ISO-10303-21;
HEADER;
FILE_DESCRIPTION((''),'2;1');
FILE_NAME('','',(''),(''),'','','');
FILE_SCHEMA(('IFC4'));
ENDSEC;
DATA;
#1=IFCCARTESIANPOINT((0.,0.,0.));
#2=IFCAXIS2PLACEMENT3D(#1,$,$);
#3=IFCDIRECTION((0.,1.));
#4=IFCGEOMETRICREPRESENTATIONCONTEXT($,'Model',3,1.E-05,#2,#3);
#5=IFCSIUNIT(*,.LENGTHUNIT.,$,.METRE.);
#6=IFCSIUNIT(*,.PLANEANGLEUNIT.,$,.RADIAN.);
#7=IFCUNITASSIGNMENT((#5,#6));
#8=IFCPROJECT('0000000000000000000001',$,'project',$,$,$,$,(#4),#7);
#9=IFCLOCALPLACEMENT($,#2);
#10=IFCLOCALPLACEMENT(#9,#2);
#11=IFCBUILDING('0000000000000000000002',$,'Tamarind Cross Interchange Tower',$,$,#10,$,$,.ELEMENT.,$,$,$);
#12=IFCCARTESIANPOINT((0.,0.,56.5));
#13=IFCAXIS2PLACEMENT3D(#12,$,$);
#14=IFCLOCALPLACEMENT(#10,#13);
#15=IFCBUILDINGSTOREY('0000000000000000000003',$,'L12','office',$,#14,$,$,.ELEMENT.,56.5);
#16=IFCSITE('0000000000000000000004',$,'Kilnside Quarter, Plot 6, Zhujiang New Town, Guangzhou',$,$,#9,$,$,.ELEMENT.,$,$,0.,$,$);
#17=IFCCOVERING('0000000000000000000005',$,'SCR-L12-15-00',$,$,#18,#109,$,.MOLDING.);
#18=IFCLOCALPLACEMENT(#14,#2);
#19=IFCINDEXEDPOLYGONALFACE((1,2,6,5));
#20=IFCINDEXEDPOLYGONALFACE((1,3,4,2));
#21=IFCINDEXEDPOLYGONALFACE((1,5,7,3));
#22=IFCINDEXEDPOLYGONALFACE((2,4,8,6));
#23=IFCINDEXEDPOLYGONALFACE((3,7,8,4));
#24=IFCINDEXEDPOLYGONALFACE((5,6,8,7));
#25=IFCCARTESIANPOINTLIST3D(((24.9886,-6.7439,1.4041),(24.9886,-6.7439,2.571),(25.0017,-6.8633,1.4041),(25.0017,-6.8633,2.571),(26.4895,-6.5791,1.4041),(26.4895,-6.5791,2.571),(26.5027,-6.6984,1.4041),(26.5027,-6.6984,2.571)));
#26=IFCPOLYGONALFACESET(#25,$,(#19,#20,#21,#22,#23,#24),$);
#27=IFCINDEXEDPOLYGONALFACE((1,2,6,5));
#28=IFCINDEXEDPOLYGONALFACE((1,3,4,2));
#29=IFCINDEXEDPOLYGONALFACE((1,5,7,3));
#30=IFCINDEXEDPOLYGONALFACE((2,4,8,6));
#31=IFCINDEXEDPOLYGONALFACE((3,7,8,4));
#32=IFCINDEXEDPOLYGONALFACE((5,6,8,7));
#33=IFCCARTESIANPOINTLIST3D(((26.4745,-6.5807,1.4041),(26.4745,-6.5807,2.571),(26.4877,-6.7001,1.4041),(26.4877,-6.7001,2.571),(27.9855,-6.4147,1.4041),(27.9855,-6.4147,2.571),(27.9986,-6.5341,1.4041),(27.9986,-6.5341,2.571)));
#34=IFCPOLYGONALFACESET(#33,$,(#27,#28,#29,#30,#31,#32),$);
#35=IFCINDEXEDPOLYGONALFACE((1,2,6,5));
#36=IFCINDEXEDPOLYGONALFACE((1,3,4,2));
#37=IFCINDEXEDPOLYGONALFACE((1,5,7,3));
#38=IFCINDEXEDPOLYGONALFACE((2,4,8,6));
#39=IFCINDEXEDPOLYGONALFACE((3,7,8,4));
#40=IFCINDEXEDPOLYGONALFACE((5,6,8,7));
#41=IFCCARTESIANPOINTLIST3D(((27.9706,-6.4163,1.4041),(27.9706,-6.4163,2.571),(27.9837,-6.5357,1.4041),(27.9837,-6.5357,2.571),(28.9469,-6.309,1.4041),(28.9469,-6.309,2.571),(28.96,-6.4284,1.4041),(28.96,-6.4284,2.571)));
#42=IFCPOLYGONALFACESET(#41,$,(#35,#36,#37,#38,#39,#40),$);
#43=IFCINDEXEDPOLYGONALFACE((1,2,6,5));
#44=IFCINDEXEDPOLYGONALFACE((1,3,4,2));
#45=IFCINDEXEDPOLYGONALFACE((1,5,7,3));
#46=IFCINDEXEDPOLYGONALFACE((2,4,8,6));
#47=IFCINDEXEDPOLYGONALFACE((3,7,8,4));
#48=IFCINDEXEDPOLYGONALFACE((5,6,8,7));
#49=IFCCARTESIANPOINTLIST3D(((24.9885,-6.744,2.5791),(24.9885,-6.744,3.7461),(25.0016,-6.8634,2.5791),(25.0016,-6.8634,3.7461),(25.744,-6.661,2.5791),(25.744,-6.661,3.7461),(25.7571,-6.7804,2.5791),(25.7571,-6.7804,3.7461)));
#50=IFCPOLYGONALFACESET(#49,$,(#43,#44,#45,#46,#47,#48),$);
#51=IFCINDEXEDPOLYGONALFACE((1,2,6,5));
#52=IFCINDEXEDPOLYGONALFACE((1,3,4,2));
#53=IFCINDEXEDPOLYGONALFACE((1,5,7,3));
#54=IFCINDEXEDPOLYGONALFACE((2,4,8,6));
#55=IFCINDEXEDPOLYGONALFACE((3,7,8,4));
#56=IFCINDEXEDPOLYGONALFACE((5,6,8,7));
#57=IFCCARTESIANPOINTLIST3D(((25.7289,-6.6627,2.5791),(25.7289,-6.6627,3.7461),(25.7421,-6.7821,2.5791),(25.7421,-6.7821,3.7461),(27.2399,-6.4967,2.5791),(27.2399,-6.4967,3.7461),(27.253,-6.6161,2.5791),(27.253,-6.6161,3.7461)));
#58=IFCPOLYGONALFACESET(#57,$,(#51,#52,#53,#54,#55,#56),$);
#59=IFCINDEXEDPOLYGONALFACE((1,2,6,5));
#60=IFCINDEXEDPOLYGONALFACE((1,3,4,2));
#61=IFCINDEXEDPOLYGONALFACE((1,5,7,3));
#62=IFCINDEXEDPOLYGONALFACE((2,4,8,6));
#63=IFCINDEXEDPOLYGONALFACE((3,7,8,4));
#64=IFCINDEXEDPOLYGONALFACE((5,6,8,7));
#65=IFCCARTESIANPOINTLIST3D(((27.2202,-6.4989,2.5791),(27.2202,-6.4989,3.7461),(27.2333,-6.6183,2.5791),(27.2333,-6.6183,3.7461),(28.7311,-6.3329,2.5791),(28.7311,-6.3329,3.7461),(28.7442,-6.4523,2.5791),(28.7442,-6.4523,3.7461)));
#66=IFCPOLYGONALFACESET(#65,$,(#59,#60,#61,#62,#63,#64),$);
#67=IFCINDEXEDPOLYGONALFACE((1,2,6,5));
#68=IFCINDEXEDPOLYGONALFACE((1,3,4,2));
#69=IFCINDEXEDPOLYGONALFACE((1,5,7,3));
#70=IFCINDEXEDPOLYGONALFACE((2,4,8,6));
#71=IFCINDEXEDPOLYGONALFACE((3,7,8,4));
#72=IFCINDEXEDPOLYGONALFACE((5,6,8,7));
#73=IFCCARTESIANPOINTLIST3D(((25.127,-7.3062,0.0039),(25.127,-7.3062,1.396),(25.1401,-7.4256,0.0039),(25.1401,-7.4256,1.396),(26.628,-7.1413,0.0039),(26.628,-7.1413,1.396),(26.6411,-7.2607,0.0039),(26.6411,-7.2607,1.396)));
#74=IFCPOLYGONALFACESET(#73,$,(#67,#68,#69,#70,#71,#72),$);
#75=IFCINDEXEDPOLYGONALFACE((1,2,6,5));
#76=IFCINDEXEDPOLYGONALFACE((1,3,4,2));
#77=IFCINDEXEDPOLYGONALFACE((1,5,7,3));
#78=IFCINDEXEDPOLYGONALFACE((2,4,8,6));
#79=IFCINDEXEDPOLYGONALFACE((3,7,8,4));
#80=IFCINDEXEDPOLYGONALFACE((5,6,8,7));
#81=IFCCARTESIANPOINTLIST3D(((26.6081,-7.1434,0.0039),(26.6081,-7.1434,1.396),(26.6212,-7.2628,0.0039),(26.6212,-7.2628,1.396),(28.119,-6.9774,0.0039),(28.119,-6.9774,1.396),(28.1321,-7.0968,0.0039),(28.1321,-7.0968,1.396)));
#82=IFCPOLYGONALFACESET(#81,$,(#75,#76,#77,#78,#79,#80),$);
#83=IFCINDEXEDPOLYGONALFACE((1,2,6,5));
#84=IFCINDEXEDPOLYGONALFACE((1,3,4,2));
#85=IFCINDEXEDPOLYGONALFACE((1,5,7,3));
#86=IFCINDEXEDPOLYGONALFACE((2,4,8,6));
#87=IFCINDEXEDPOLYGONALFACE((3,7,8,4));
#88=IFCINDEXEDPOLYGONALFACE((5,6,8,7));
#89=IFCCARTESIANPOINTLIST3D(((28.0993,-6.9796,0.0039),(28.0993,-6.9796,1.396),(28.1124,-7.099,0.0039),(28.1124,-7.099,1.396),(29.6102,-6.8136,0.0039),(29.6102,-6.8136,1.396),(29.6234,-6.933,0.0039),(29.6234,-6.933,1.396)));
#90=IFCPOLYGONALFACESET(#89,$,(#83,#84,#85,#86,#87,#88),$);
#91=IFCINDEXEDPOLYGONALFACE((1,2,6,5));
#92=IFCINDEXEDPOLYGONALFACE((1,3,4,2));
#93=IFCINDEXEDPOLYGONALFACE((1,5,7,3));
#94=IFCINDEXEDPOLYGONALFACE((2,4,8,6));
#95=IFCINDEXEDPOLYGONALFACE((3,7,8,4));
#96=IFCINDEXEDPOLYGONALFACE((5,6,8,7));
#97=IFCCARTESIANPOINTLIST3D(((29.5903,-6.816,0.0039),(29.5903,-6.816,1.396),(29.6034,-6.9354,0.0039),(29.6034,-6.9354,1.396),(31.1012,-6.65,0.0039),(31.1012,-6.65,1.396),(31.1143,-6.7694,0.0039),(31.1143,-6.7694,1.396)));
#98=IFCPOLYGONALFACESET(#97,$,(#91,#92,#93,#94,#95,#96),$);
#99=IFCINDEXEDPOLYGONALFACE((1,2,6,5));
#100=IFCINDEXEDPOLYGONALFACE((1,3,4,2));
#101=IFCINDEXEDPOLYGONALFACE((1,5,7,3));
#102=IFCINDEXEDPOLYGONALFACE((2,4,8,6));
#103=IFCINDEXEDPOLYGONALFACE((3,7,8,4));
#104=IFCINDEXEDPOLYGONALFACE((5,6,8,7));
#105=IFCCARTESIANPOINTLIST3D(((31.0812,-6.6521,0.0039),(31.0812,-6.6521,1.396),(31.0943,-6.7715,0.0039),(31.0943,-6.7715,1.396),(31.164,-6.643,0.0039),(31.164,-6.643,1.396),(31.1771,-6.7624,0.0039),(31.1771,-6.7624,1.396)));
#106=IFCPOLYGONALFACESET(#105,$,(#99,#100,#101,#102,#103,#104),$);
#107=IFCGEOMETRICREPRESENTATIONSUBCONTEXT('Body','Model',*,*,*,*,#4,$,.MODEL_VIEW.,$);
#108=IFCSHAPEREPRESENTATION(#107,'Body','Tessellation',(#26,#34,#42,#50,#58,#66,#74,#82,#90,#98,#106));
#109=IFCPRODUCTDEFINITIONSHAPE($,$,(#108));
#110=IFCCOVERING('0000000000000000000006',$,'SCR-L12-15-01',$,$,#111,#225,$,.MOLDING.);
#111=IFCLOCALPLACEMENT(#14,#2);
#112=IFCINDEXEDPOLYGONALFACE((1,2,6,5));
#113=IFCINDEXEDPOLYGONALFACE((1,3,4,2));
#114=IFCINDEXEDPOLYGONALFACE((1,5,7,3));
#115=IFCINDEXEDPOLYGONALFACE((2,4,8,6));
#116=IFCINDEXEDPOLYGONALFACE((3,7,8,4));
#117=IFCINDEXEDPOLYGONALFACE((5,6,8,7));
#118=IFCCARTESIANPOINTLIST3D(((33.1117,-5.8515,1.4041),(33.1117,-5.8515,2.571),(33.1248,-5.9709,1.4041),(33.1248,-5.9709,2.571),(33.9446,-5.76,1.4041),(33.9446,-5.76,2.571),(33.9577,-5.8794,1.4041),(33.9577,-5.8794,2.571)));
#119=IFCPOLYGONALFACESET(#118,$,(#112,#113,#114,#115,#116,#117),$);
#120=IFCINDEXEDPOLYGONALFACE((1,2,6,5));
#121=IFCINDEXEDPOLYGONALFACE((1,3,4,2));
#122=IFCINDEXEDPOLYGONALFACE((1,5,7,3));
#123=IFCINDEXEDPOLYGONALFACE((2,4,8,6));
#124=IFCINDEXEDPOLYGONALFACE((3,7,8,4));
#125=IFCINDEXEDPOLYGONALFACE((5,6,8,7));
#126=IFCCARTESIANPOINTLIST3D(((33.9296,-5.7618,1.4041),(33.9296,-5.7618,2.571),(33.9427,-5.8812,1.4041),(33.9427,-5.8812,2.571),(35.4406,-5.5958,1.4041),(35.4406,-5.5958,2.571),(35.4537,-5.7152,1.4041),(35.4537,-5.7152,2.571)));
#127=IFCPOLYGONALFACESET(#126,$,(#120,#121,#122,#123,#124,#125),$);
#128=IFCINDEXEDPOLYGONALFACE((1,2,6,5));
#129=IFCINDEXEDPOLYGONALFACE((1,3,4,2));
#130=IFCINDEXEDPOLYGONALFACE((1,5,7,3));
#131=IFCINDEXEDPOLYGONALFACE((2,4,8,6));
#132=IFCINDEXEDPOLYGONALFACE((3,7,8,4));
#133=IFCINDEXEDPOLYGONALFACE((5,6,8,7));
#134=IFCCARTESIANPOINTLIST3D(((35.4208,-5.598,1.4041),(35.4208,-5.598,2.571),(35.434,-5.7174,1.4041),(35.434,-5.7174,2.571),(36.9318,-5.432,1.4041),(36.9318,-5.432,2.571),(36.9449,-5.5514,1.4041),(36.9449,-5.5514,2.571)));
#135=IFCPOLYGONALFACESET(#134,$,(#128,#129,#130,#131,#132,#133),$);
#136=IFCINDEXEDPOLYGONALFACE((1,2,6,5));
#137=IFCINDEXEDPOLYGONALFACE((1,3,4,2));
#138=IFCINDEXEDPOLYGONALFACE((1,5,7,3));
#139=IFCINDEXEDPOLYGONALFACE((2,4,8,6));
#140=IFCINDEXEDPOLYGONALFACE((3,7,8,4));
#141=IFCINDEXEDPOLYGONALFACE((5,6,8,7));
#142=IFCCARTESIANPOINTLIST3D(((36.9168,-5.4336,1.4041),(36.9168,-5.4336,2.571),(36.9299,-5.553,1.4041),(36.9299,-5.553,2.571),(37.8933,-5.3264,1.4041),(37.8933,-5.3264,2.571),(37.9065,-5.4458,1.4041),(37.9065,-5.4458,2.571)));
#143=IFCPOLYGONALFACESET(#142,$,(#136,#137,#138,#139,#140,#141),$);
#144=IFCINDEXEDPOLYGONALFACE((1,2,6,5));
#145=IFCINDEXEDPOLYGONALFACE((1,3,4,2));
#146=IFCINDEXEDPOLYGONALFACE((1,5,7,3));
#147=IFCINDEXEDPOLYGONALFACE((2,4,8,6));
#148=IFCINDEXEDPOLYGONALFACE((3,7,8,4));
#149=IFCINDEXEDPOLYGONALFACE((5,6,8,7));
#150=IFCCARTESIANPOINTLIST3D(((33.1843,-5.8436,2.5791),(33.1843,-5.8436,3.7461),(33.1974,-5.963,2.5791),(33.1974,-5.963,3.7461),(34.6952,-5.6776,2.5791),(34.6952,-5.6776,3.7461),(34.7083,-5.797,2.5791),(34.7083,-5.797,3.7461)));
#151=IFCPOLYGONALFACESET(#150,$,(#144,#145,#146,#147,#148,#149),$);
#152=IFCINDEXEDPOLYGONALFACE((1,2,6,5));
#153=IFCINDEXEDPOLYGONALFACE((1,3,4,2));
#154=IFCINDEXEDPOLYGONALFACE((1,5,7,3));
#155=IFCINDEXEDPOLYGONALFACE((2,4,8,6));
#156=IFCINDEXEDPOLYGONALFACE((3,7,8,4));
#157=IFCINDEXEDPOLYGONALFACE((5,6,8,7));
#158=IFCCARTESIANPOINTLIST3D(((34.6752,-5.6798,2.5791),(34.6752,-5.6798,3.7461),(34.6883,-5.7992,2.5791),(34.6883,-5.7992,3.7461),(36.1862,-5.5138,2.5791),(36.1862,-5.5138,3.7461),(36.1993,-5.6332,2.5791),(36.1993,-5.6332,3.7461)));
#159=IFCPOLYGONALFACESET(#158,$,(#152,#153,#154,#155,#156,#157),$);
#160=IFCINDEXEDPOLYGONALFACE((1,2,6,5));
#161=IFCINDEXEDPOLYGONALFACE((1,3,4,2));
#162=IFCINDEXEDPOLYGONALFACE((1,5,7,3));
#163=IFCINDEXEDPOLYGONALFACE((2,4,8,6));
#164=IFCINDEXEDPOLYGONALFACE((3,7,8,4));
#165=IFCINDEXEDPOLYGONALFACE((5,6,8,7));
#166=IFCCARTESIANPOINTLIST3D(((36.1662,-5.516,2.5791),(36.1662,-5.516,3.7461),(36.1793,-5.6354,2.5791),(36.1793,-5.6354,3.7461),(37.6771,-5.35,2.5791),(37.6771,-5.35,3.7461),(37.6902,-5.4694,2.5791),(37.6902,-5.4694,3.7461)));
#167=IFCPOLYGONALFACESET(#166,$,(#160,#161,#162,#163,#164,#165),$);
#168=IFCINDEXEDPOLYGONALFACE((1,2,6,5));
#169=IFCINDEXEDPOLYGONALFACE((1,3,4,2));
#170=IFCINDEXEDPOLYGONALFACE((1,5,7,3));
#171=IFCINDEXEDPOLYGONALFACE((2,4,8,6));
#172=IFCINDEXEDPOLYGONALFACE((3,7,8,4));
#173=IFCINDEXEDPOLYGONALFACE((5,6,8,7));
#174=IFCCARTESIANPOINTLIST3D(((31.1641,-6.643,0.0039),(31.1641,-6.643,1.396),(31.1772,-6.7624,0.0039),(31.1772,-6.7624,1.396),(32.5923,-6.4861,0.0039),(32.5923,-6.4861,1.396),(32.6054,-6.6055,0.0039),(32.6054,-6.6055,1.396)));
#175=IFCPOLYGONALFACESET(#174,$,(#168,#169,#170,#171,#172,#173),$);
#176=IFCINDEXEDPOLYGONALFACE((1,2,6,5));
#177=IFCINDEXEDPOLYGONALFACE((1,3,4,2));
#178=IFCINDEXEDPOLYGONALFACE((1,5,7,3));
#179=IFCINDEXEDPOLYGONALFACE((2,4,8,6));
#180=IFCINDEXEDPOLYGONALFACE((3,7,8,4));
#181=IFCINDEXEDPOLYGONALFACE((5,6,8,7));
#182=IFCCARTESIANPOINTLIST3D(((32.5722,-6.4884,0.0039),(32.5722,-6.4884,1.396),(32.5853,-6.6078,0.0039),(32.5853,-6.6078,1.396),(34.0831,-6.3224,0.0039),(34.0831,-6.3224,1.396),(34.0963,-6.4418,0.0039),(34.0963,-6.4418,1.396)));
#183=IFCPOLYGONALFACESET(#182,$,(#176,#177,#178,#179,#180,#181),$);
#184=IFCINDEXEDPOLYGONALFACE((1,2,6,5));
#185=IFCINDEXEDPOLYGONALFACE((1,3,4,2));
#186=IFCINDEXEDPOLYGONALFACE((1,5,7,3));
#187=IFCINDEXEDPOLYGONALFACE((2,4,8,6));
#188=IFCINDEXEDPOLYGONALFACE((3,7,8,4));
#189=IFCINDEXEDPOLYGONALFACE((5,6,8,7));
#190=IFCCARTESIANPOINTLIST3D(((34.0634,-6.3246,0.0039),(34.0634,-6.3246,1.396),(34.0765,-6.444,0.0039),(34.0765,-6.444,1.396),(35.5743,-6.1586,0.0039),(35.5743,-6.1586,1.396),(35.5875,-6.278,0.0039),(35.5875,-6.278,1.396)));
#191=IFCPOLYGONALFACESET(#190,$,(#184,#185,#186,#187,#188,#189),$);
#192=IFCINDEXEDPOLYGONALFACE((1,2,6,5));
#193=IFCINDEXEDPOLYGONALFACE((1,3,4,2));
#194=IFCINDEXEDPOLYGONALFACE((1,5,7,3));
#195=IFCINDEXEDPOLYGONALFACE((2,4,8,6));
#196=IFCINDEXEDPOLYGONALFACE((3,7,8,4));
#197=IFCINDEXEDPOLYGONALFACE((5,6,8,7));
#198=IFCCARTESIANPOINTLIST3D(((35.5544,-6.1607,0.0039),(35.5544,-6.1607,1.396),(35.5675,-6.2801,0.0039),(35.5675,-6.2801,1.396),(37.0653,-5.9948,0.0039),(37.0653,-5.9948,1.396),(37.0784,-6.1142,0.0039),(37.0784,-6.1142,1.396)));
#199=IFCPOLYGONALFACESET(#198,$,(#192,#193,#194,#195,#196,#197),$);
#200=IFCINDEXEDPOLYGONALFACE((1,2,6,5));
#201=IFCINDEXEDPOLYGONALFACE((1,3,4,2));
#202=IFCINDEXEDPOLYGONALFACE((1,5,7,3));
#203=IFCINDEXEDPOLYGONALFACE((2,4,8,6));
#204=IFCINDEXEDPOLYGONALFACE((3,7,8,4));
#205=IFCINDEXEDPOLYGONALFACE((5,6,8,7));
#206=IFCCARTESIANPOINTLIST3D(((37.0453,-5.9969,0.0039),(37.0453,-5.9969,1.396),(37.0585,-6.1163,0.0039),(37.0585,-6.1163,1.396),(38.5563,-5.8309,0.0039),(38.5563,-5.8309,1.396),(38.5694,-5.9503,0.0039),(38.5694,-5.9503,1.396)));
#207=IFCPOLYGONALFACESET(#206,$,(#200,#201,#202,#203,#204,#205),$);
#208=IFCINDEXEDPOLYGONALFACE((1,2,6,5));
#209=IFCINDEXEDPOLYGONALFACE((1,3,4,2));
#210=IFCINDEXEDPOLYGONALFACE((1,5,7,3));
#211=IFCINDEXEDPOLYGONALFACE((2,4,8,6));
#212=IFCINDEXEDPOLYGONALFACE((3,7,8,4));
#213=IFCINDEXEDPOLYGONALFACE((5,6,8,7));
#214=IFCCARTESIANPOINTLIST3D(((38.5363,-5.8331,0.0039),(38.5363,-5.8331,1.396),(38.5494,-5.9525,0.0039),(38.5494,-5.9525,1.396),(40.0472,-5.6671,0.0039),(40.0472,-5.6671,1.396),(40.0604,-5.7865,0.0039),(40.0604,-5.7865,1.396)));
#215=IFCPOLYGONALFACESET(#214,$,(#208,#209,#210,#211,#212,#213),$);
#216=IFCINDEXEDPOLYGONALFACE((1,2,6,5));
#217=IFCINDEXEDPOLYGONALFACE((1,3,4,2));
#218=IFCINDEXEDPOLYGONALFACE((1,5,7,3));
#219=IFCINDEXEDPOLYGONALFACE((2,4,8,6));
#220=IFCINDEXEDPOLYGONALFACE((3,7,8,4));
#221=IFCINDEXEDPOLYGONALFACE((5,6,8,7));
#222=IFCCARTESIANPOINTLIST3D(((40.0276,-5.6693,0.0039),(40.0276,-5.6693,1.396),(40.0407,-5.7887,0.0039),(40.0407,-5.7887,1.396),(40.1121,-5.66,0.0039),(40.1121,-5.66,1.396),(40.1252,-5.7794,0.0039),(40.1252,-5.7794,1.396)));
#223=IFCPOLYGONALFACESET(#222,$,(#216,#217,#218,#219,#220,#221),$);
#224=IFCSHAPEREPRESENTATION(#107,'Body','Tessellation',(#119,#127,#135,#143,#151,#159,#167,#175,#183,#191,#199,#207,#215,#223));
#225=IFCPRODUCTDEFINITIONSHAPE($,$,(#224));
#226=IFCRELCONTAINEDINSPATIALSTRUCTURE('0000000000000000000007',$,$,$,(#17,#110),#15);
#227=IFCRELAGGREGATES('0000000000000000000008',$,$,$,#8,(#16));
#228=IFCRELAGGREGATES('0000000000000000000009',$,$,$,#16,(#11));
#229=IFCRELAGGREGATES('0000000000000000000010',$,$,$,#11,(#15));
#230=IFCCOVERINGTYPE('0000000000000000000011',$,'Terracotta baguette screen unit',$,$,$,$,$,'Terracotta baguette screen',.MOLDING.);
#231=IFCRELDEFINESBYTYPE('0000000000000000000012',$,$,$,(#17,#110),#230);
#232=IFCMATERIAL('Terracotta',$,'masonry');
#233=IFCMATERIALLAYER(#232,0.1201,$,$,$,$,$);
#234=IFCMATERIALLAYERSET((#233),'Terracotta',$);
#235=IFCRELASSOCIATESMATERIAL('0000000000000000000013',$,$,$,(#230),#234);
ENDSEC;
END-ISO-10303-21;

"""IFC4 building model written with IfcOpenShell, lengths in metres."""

from ifc_helpers import new_model, si_unit, direction, frame, origin, origin_2d, place, context, subcontext, project, spatial, rectangle, extrude, material, layer, layer_set, type_object, element, save


model = new_model("IFC4")

# Units and contexts
model_context = context("Model", 3, precision=1e-05, world=origin(), true_north=direction((0.0, 1.0)))
body_context = subcontext(model_context, "Body", "Model", "MODEL_VIEW")
ifc_project = project(units=[si_unit("LENGTHUNIT", "METRE"), si_unit("PLANEANGLEUNIT", "RADIAN")], contexts=[model_context])

# Site, building, storey
site_placement = place(None, origin())
site = spatial("IfcSite", under=ifc_project, at=site_placement, Name="Kilnside Quarter, Plot 6, Zhujiang New Town, Guangzhou", CompositionType="ELEMENT", RefElevation=0.0)
building_placement = place(site_placement, origin())
building = spatial("IfcBuilding", under=site, at=building_placement, Name="Tamarind Cross Interchange Tower", CompositionType="ELEMENT")
storey_placement = place(building_placement, frame((0.0, 0.0, 56.5)))
storey = spatial("IfcBuildingStorey", under=building, at=storey_placement, Name="L12", Description="office", CompositionType="ELEMENT", Elevation=56.5)

# Coverings
ifc_material_1 = material(Name="Terracotta", Category="masonry")
ifc_layer_1 = layer(ifc_material_1, 0.1201)
ifc_layer_set_1 = layer_set([ifc_layer_1], Name="Terracotta")
covering_type = type_object("IfcCoveringType", Name="Terracotta baguette screen unit", ElementType="Terracotta baguette screen", PredefinedType="MOLDING", material=ifc_layer_set_1)
covering_1_placement = place(storey_placement, origin())
element("IfcCovering", 1, at=covering_1_placement, inside=storey, type_object=covering_type, Name="SCR-L12-15-00", PredefinedType="MOLDING", context=body_context, shape_type="SweptSolid", body=[
    extrude(rectangle(XDim=1.51, YDim=0.1201, at=origin_2d()), frame((25.7456, -6.7212, 1.4041), z_axis=(0.0, 0.0, 1.0), x_axis=(0.994021, 0.109193, 0.0)), (0.0, 0.0, 1.0), 1.167),
    extrude(rectangle(XDim=1.52, YDim=0.1201, at=origin_2d()), frame((27.2366, -6.5574, 1.4041), z_axis=(0.0, 0.0, 1.0), x_axis=(0.994021, 0.109193, 0.0)), (0.0, 0.0, 1.0), 1.167),
    extrude(rectangle(XDim=0.9822, YDim=0.1201, at=origin_2d()), frame((28.4653, -6.4224, 1.4041), z_axis=(0.0, 0.0, 1.0), x_axis=(0.994021, 0.109193, 0.0)), (0.0, 0.0, 1.0), 1.167),
    extrude(rectangle(XDim=0.76, YDim=0.1201, at=origin_2d()), frame((25.3728, -6.7622, 2.5791), z_axis=(0.0, 0.0, 1.0), x_axis=(0.994021, 0.109193, 0.0)), (0.0, 0.0, 1.0), 1.167),
    extrude(rectangle(XDim=1.52, YDim=0.1201, at=origin_2d()), frame((26.491, -6.6394, 2.5791), z_axis=(0.0, 0.0, 1.0), x_axis=(0.994021, 0.109193, 0.0)), (0.0, 0.0, 1.0), 1.167),
    extrude(rectangle(XDim=1.52, YDim=0.1201, at=origin_2d()), frame((27.9822, -6.4756, 2.5791), z_axis=(0.0, 0.0, 1.0), x_axis=(0.994021, 0.109193, 0.0)), (0.0, 0.0, 1.0), 1.167),
    extrude(rectangle(XDim=1.51, YDim=0.1201, at=origin_2d()), frame((25.884, -7.2834, 0.0039), z_axis=(0.0, 0.0, 1.0), x_axis=(0.994021, 0.109193, 0.0)), (0.0, 0.0, 1.0), 1.3921),
    extrude(rectangle(XDim=1.52, YDim=0.1201, at=origin_2d()), frame((27.3701, -7.1201, 0.0039), z_axis=(0.0, 0.0, 1.0), x_axis=(0.994021, 0.109193, 0.0)), (0.0, 0.0, 1.0), 1.3921),
    extrude(rectangle(XDim=1.52, YDim=0.1201, at=origin_2d()), frame((28.8613, -6.9563, 0.0039), z_axis=(0.0, 0.0, 1.0), x_axis=(0.994021, 0.109193, 0.0)), (0.0, 0.0, 1.0), 1.3921),
    extrude(rectangle(XDim=1.52, YDim=0.1201, at=origin_2d()), frame((30.3523, -6.7927, 0.0039), z_axis=(0.0, 0.0, 1.0), x_axis=(0.994021, 0.109193, 0.0)), (0.0, 0.0, 1.0), 1.3921),
    extrude(rectangle(XDim=0.0833, YDim=0.1201, at=origin_2d()), frame((31.1292, -6.7073, 0.0039), z_axis=(0.0, 0.0, 1.0), x_axis=(0.994021, 0.109193, 0.0)), (0.0, 0.0, 1.0), 1.3921),
])
covering_2_placement = place(storey_placement, origin())
element("IfcCovering", 2, at=covering_2_placement, inside=storey, type_object=covering_type, Name="SCR-L12-15-01", PredefinedType="MOLDING", context=body_context, shape_type="SweptSolid", body=[
    extrude(rectangle(XDim=0.8379, YDim=0.1201, at=origin_2d()), frame((33.5347, -5.8655, 1.4041), z_axis=(0.0, 0.0, 1.0), x_axis=(0.994021, 0.109193, 0.0)), (0.0, 0.0, 1.0), 1.167),
    extrude(rectangle(XDim=1.52, YDim=0.1201, at=origin_2d()), frame((34.6917, -5.7385, 1.4041), z_axis=(0.0, 0.0, 1.0), x_axis=(0.994021, 0.109193, 0.0)), (0.0, 0.0, 1.0), 1.167),
    extrude(rectangle(XDim=1.52, YDim=0.1201, at=origin_2d()), frame((36.1829, -5.5747, 1.4041), z_axis=(0.0, 0.0, 1.0), x_axis=(0.994021, 0.109193, 0.0)), (0.0, 0.0, 1.0), 1.167),
    extrude(rectangle(XDim=0.9824, YDim=0.1201, at=origin_2d()), frame((37.4116, -5.4397, 1.4041), z_axis=(0.0, 0.0, 1.0), x_axis=(0.994021, 0.109193, 0.0)), (0.0, 0.0, 1.0), 1.167),
    extrude(rectangle(XDim=1.52, YDim=0.1201, at=origin_2d()), frame((33.9463, -5.8203, 2.5791), z_axis=(0.0, 0.0, 1.0), x_axis=(0.994021, 0.109193, 0.0)), (0.0, 0.0, 1.0), 1.167),
    extrude(rectangle(XDim=1.52, YDim=0.1201, at=origin_2d()), frame((35.4373, -5.6565, 2.5791), z_axis=(0.0, 0.0, 1.0), x_axis=(0.994021, 0.109193, 0.0)), (0.0, 0.0, 1.0), 1.167),
    extrude(rectangle(XDim=1.52, YDim=0.1201, at=origin_2d()), frame((36.9282, -5.4927, 2.5791), z_axis=(0.0, 0.0, 1.0), x_axis=(0.994021, 0.109193, 0.0)), (0.0, 0.0, 1.0), 1.167),
    extrude(rectangle(XDim=1.4368, YDim=0.1201, at=origin_2d()), frame((31.8848, -6.6243, 0.0039), z_axis=(0.0, 0.0, 1.0), x_axis=(0.994021, 0.109193, 0.0)), (0.0, 0.0, 1.0), 1.3921),
    extrude(rectangle(XDim=1.52, YDim=0.1201, at=origin_2d()), frame((33.3342, -6.4651, 0.0039), z_axis=(0.0, 0.0, 1.0), x_axis=(0.994021, 0.109193, 0.0)), (0.0, 0.0, 1.0), 1.3921),
    extrude(rectangle(XDim=1.52, YDim=0.1201, at=origin_2d()), frame((34.8254, -6.3013, 0.0039), z_axis=(0.0, 0.0, 1.0), x_axis=(0.994021, 0.109193, 0.0)), (0.0, 0.0, 1.0), 1.3921),
    extrude(rectangle(XDim=1.52, YDim=0.1201, at=origin_2d()), frame((36.3164, -6.1375, 0.0039), z_axis=(0.0, 0.0, 1.0), x_axis=(0.994021, 0.109193, 0.0)), (0.0, 0.0, 1.0), 1.3921),
    extrude(rectangle(XDim=1.52, YDim=0.1201, at=origin_2d()), frame((37.8074, -5.9736, 0.0039), z_axis=(0.0, 0.0, 1.0), x_axis=(0.994021, 0.109193, 0.0)), (0.0, 0.0, 1.0), 1.3921),
    extrude(rectangle(XDim=1.52, YDim=0.1201, at=origin_2d()), frame((39.2983, -5.8098, 0.0039), z_axis=(0.0, 0.0, 1.0), x_axis=(0.994021, 0.109193, 0.0)), (0.0, 0.0, 1.0), 1.3921),
    extrude(rectangle(XDim=0.085, YDim=0.1201, at=origin_2d()), frame((40.0764, -5.7244, 0.0039), z_axis=(0.0, 0.0, 1.0), x_axis=(0.994021, 0.109193, 0.0)), (0.0, 0.0, 1.0), 1.3921),
])

save(model, "model.ifc")
